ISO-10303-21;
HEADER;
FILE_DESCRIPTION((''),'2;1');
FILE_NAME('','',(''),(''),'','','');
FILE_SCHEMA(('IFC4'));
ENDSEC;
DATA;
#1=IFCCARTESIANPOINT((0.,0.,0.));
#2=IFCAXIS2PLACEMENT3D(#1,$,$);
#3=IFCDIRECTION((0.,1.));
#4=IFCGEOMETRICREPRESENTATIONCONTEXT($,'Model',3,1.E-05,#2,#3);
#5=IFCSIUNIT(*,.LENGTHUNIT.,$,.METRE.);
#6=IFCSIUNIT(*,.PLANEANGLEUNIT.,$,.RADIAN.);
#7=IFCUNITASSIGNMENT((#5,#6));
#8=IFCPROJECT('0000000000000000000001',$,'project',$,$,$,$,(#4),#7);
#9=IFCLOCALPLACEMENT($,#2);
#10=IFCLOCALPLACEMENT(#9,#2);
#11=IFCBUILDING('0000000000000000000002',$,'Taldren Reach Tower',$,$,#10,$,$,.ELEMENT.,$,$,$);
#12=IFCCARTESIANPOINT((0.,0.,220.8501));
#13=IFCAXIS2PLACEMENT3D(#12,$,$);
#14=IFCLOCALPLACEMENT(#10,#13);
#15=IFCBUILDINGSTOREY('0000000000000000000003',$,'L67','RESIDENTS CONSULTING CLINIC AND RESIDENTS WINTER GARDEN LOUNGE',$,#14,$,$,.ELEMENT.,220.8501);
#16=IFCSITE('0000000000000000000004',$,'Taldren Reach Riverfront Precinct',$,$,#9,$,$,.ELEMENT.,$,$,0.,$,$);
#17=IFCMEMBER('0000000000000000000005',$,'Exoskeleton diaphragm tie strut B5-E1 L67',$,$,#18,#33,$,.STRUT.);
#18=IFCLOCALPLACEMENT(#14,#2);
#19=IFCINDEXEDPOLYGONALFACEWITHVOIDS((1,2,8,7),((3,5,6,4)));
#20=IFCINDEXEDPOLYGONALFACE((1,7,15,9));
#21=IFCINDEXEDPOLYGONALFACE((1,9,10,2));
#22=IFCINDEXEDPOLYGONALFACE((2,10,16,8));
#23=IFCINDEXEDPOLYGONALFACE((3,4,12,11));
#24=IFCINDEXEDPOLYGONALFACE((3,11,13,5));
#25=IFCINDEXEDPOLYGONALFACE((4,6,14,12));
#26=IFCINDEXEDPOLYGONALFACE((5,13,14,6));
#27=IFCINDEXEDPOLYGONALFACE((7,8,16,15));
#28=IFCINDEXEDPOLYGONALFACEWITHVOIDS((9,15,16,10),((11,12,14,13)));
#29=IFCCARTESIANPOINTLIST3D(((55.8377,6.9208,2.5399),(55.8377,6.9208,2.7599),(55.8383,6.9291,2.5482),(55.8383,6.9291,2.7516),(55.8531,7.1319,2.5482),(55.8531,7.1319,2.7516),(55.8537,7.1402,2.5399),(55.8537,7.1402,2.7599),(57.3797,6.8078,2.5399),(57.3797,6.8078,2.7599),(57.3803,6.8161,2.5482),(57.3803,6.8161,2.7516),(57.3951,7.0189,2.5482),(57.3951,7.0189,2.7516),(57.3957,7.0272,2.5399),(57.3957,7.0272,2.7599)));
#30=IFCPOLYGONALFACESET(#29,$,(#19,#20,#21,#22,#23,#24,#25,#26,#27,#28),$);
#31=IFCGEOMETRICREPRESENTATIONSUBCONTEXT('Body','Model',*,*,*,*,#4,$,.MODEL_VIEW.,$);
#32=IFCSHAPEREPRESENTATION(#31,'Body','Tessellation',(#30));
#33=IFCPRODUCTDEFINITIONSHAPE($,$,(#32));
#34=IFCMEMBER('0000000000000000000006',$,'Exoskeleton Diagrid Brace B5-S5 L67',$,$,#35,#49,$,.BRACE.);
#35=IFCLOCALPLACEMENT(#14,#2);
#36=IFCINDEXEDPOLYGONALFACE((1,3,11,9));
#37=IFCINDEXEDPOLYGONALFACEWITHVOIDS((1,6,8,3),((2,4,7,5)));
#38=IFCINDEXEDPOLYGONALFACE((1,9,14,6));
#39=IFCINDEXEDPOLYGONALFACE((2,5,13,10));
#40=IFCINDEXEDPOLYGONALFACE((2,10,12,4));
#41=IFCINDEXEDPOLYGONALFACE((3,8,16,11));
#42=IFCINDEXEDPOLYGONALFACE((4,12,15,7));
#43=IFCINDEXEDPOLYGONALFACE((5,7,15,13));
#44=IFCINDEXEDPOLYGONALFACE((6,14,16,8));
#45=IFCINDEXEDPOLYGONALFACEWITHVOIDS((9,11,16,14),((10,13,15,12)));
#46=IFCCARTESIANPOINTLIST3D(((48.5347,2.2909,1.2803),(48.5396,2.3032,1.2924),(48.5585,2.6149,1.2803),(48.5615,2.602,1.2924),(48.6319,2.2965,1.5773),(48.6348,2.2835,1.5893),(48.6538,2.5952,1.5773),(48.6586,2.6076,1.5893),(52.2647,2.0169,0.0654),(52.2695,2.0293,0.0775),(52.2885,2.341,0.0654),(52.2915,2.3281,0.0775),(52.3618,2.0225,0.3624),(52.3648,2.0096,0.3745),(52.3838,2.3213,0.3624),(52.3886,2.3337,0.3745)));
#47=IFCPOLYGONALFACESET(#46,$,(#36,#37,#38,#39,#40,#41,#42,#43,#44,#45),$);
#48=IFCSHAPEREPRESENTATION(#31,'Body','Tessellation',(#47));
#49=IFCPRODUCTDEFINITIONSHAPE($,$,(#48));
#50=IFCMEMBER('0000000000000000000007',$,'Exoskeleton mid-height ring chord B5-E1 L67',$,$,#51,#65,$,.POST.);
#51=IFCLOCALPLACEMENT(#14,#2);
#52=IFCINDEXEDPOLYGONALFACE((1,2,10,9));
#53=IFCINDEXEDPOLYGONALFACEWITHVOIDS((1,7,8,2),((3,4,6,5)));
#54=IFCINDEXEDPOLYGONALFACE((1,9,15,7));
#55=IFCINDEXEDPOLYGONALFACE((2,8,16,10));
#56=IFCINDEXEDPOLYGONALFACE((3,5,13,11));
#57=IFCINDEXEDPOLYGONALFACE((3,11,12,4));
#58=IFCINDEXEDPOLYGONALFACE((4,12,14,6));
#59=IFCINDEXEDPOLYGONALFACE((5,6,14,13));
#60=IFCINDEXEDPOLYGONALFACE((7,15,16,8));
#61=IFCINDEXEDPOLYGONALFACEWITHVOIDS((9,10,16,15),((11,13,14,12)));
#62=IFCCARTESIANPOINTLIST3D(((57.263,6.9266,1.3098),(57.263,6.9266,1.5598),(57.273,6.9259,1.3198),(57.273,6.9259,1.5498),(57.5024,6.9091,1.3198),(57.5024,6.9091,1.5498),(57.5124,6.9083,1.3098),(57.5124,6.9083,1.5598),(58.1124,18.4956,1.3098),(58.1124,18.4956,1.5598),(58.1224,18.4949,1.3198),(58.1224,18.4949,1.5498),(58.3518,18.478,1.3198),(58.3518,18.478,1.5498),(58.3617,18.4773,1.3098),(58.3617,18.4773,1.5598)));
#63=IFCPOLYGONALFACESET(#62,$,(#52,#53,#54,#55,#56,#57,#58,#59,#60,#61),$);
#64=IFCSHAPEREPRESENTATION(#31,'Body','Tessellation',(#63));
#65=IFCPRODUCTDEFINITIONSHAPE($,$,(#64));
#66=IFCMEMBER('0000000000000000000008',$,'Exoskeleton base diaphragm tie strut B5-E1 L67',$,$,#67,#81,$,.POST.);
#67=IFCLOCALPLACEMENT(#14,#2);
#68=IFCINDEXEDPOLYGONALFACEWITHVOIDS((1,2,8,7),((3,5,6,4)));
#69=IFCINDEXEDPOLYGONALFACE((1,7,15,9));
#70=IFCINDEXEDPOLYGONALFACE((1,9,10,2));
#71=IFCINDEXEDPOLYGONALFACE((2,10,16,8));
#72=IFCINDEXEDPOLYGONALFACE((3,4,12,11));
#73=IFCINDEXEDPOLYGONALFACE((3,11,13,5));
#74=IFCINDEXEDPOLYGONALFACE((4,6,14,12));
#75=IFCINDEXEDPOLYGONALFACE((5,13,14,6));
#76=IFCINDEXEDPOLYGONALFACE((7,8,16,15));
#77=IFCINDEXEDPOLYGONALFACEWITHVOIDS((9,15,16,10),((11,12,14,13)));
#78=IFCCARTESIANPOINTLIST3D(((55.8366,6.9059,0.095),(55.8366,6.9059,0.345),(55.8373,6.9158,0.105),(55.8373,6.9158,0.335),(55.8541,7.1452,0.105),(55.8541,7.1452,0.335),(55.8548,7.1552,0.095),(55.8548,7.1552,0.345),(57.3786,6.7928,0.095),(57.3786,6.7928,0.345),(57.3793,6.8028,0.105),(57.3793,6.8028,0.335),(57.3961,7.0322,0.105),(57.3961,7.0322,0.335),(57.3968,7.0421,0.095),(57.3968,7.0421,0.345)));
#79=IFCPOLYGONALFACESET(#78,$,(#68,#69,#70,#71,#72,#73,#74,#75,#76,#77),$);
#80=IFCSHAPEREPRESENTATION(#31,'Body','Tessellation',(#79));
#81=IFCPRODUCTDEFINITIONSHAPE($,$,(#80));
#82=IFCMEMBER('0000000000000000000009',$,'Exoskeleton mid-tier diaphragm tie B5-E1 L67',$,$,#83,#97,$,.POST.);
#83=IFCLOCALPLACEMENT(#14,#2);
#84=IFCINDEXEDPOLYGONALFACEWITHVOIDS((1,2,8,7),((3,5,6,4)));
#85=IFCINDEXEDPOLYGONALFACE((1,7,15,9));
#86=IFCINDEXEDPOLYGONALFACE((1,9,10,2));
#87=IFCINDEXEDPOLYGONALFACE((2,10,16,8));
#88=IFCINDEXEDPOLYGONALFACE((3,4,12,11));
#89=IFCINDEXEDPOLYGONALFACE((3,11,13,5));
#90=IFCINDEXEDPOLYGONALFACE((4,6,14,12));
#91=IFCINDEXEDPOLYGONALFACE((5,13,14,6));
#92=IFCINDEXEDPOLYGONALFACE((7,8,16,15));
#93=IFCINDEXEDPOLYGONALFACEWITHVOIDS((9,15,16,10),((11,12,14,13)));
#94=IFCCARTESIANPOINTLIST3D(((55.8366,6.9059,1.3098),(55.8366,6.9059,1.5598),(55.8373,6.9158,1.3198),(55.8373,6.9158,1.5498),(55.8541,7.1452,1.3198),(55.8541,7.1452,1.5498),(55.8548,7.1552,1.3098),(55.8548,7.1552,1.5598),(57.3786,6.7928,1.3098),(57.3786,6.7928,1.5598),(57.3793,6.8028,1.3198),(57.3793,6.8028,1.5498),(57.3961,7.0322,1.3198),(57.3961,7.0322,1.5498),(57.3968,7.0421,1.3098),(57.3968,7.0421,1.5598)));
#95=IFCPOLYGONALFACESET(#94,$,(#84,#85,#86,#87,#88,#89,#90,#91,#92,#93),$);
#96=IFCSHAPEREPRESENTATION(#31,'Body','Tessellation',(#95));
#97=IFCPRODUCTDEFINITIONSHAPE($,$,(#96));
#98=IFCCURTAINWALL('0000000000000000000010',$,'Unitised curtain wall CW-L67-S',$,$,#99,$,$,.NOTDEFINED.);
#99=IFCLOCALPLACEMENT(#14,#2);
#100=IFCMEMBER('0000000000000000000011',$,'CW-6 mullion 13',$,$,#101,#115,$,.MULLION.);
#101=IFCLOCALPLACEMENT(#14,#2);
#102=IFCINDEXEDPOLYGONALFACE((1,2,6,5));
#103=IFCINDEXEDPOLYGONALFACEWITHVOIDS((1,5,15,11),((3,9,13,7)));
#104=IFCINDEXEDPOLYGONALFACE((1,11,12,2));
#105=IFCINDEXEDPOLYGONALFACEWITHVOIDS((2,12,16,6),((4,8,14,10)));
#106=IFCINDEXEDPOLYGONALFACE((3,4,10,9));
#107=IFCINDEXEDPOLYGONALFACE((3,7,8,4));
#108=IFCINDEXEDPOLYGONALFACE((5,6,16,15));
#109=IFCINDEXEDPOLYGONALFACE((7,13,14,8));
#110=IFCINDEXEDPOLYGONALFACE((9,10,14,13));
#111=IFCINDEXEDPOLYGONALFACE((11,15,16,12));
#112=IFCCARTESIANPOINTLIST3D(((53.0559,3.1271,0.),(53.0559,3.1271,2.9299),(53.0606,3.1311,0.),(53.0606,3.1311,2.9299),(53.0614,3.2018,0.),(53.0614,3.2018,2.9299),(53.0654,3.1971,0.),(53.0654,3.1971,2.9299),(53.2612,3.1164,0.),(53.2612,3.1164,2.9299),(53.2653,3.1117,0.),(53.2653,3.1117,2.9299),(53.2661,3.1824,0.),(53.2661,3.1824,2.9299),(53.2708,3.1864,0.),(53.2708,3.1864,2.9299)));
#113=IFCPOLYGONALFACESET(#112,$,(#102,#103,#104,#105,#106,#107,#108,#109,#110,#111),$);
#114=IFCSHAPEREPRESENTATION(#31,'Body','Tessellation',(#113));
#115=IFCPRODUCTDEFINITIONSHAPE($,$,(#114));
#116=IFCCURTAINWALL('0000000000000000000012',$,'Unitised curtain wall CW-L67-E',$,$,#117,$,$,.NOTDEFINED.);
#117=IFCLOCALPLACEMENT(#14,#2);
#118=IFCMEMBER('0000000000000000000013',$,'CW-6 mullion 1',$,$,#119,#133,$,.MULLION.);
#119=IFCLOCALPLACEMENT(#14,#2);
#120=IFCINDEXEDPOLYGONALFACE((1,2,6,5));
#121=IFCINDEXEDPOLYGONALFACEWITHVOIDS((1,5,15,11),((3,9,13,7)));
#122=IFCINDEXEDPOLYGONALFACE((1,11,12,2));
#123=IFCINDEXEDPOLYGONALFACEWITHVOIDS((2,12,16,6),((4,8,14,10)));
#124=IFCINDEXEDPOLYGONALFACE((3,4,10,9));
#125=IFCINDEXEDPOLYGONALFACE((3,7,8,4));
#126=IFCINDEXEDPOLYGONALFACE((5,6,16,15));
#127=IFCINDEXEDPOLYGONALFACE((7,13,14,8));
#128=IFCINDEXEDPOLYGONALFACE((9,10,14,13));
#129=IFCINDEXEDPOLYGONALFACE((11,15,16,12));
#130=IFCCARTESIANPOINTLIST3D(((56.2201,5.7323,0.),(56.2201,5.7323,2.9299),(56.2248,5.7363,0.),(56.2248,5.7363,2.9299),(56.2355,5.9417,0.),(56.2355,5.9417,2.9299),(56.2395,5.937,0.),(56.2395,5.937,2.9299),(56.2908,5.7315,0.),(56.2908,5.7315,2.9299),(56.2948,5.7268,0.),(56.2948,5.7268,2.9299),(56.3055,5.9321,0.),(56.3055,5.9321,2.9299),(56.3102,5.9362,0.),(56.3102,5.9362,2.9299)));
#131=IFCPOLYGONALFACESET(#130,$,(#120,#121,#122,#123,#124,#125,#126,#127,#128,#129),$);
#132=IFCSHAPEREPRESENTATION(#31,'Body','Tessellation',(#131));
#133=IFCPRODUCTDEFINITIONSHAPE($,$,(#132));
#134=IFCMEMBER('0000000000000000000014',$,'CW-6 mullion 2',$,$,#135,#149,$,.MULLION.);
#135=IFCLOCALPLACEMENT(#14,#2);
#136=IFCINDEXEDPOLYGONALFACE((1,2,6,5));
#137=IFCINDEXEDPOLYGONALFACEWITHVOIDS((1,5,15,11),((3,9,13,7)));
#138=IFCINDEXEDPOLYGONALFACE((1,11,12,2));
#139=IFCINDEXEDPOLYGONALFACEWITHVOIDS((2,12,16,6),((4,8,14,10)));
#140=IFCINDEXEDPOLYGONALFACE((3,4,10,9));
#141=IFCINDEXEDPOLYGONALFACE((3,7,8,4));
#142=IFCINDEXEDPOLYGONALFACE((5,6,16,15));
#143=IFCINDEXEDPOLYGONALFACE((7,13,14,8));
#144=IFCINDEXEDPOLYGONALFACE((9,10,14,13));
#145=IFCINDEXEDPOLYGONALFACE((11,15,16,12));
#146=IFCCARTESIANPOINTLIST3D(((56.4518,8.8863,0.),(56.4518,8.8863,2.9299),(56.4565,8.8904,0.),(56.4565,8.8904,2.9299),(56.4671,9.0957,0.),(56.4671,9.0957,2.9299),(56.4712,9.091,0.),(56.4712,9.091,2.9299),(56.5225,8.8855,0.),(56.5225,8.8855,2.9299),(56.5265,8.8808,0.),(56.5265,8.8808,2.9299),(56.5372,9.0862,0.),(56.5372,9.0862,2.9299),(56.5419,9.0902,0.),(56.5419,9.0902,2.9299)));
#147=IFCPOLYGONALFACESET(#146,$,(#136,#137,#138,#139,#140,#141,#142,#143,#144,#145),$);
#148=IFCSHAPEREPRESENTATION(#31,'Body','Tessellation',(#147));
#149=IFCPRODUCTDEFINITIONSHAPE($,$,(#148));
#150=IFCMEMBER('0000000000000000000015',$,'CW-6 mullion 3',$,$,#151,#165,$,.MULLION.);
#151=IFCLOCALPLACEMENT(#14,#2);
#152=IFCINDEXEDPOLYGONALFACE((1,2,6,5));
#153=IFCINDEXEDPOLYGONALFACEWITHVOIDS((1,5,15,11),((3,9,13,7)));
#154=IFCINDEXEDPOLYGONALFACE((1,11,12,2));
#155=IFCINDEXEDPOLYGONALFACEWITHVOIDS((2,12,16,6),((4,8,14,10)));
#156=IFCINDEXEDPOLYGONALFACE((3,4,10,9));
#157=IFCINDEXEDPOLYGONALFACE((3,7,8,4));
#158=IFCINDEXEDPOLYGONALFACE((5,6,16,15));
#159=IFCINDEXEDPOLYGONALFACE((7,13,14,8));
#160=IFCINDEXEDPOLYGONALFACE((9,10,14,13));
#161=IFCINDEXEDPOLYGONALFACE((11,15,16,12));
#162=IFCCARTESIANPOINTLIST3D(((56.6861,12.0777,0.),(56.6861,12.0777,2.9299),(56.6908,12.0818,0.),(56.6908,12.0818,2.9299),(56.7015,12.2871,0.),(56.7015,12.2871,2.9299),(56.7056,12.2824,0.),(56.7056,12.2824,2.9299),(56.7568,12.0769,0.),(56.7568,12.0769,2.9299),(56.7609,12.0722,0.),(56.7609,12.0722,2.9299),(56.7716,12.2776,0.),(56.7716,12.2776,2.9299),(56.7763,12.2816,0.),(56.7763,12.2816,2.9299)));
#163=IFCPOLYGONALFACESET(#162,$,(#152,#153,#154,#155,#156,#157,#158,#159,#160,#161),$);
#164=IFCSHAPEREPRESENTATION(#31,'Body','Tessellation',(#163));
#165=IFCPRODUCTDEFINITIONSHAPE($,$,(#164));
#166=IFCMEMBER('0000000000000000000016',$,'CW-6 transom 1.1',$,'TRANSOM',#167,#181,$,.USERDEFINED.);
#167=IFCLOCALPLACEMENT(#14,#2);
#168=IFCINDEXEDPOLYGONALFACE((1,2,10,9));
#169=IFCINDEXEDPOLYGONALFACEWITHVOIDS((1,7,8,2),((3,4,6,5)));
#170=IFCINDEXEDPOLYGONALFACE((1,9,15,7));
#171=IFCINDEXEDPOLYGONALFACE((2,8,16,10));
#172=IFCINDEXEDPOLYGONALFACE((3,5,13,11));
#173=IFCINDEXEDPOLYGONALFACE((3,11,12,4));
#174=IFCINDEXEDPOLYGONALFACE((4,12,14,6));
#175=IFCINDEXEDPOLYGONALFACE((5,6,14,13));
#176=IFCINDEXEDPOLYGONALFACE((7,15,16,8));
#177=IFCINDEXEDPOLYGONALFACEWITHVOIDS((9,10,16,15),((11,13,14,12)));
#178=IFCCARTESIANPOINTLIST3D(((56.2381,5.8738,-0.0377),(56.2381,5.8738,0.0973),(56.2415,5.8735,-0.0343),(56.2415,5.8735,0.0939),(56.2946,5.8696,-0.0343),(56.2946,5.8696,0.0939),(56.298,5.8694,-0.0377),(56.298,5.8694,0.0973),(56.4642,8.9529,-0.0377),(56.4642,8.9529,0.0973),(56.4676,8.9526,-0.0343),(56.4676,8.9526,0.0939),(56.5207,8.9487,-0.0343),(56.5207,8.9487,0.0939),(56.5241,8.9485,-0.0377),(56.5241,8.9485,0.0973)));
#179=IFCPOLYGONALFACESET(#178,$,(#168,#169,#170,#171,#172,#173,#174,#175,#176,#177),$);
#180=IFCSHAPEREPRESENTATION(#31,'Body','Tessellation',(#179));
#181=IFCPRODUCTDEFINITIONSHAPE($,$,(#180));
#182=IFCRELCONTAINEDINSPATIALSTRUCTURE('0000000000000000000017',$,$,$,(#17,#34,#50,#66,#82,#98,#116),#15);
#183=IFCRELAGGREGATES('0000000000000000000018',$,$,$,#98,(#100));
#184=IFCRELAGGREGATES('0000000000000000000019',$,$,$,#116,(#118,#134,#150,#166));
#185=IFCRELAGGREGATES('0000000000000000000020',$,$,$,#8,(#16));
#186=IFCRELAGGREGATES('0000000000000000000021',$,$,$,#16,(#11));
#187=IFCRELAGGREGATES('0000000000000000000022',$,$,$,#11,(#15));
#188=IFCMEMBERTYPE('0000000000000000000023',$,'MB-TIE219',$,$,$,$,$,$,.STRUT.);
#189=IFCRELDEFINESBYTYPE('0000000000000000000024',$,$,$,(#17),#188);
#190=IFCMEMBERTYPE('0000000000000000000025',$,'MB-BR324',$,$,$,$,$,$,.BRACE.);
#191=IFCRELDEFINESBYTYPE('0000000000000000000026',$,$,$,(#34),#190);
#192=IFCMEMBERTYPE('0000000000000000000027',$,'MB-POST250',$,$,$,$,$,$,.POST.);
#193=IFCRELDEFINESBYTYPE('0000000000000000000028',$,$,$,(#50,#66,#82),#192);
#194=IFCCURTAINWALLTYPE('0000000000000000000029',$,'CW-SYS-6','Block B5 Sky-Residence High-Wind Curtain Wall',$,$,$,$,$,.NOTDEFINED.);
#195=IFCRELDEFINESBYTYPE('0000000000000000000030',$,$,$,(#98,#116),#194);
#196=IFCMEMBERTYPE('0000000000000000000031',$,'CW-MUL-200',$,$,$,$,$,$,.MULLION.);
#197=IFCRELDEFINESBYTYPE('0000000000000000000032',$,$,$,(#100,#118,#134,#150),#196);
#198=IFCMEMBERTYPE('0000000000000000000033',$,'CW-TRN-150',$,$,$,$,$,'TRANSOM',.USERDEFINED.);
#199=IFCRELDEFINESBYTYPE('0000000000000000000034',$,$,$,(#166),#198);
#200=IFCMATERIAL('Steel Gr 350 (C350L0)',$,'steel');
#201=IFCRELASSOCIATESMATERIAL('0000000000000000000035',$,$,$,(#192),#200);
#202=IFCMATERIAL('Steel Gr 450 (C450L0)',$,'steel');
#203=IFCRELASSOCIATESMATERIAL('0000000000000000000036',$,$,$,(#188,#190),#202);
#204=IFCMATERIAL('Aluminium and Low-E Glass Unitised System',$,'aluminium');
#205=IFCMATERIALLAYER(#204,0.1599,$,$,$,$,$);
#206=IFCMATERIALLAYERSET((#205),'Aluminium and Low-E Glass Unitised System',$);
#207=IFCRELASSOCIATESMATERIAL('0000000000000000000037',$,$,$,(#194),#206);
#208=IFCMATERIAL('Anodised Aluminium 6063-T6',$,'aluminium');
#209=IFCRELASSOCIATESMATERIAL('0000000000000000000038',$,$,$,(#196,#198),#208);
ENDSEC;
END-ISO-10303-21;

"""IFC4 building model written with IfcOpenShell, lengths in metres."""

from ifc_helpers import new_model, si_unit, direction, frame, origin, origin_2d, place, context, subcontext, project, spatial, hollow_rectangle, extrude, source, transform, mapped, material, layer, layer_set, material_profile, profile_set, type_object, element, aggregate, save


model = new_model("IFC4")

# Units and contexts
model_context = context("Model", 3, precision=1e-05, world=origin(), true_north=direction((0.0, 1.0)))
body_context = subcontext(model_context, "Body", "Model", "MODEL_VIEW")
ifc_project = project(units=[si_unit("LENGTHUNIT", "METRE"), si_unit("PLANEANGLEUNIT", "RADIAN")], contexts=[model_context])

# Site, building, storey
site_placement = place(None, origin())
site = spatial("IfcSite", under=ifc_project, at=site_placement, Name="Taldren Reach Riverfront Precinct", CompositionType="ELEMENT", RefElevation=0.0)
building_placement = place(site_placement, origin())
building = spatial("IfcBuilding", under=site, at=building_placement, Name="Taldren Reach Tower", CompositionType="ELEMENT")
storey_placement = place(building_placement, frame((0.0, 0.0, 220.8501)))
storey = spatial("IfcBuildingStorey", under=building, at=storey_placement, Name="L67", Description="RESIDENTS CONSULTING CLINIC AND RESIDENTS WINTER GARDEN LOUNGE", CompositionType="ELEMENT", Elevation=220.8501)

# Shared definitions
ifc_material_1 = material(Name="Steel Gr 350 (C350L0)", Category="steel")

# Shared definitions
ifc_material_profile_1 = material_profile(ifc_material_1, hollow_rectangle(XDim=0.25, YDim=0.25, WallThickness=0.01, at=origin_2d()), Name="250x250x10.0SHS")
ifc_profile_set_1 = profile_set([ifc_material_profile_1], Name="Steel Gr 350 (C350L0)")
member_type_1 = type_object("IfcMemberType", Name="MB-POST250", PredefinedType="POST", material=ifc_profile_set_1)
ifc_material_2 = material(Name="Steel Gr 450 (C450L0)", Category="steel")
ifc_material_profile_2 = material_profile(ifc_material_2, hollow_rectangle(XDim=0.22, YDim=0.22, WallThickness=0.0083, at=origin_2d()), Name="220x220x8.2SHS")
ifc_profile_set_2 = profile_set([ifc_material_profile_2], Name="Steel Gr 450 (C450L0)")
member_type_2 = type_object("IfcMemberType", Name="MB-TIE219", PredefinedType="STRUT", material=ifc_profile_set_2)

# Members
shared_shape_1 = source(origin(), body_context, "Body", "SweptSolid", [
    extrude(hollow_rectangle(XDim=0.22, YDim=0.22, WallThickness=0.0083, at=origin_2d()), origin(), (0.0, 0.0, 1.0), 1.5461),
])
member_1_placement = place(storey_placement, frame((55.8457, 7.0305, 2.6499), z_axis=(0.997324, -0.07311, 0.0), x_axis=(0.07311, 0.997324, 0.0)))
element("IfcMember", 1, at=member_1_placement, inside=storey, type_object=member_type_2, Name="Exoskeleton diaphragm tie strut B5-E1 L67", PredefinedType="STRUT", context=body_context, shape_type="MappedRepresentation", body=[
    mapped(shared_shape_1, transform((0.0, 0.0, 0.0), scale=1.0)),
])
ifc_material_profile_3 = material_profile(ifc_material_2, hollow_rectangle(XDim=0.325, YDim=0.325, WallThickness=0.0127, at=origin_2d()), Name="325x325x12.7SHS")
ifc_profile_set_3 = profile_set([ifc_material_profile_3], Name="Steel Gr 450 (C450L0)")
member_type_3 = type_object("IfcMemberType", Name="MB-BR324", PredefinedType="BRACE", material=ifc_profile_set_3)
shared_shape_2 = source(origin(), body_context, "Body", "SweptSolid", [
    extrude(hollow_rectangle(XDim=0.325, YDim=0.325, WallThickness=0.0127, at=origin_2d()), origin(), (0.0, 0.0, 1.0), 3.9324),
])
member_2_placement = place(storey_placement, frame((52.3267, 2.1753, 0.22), z_axis=(-0.948529, 0.069659, 0.308933), x_axis=(-0.073242, -0.997314, 0.0)))
element("IfcMember", 2, at=member_2_placement, inside=storey, type_object=member_type_3, Name="Exoskeleton Diagrid Brace B5-S5 L67", PredefinedType="BRACE", context=body_context, shape_type="MappedRepresentation", body=[
    mapped(shared_shape_2, transform((0.0, 0.0, 0.0), scale=1.0)),
])
shared_shape_3 = source(origin(), body_context, "Body", "SweptSolid", [
    extrude(hollow_rectangle(XDim=0.25, YDim=0.25, WallThickness=0.01, at=origin_2d()), origin(), (0.0, 0.0, 1.0), 11.6001),
])
member_3_placement = place(storey_placement, frame((57.3877, 6.9175, 1.4348), z_axis=(0.073221, 0.997316, 0.0), x_axis=(-0.997316, 0.073221, 0.0)))
element("IfcMember", 3, at=member_3_placement, inside=storey, type_object=member_type_1, Name="Exoskeleton mid-height ring chord B5-E1 L67", PredefinedType="POST", context=body_context, shape_type="MappedRepresentation", body=[
    mapped(shared_shape_3, transform((0.0, 0.0, 0.0), scale=1.0)),
])
shared_shape_4 = source(origin(), body_context, "Body", "SweptSolid", [
    extrude(hollow_rectangle(XDim=0.25, YDim=0.25, WallThickness=0.01, at=origin_2d()), origin(), (0.0, 0.0, 1.0), 1.5461),
])
for number, where, z_axis, x_axis, name in (
    (4, (55.8457, 7.0305, 0.22), (0.997324, -0.07311, 0.0), (0.07311, 0.997324, 0.0), "Exoskeleton base diaphragm tie strut B5-E1 L67"),
    (5, (55.8457, 7.0305, 1.4348), (0.997324, -0.07311, 0.0), (0.07311, 0.997324, 0.0), "Exoskeleton mid-tier diaphragm tie B5-E1 L67"),
):
    element("IfcMember", number, at=place(storey_placement, frame(where, z_axis=z_axis, x_axis=x_axis)), inside=storey, type_object=member_type_1, Name=name, PredefinedType="POST", context=body_context, shape_type="MappedRepresentation", body=[
        mapped(shared_shape_4, transform((0.0, 0.0, 0.0), scale=1.0)),
    ])

# Curtain wall, member
ifc_material_3 = material(Name="Aluminium and Low-E Glass Unitised System", Category="aluminium")
ifc_layer_1 = layer(ifc_material_3, 0.1599)
ifc_layer_set_1 = layer_set([ifc_layer_1], Name="Aluminium and Low-E Glass Unitised System")
curtain_wall_type = type_object("IfcCurtainWallType", Name="CW-SYS-6", Description="Block B5 Sky-Residence High-Wind Curtain Wall", PredefinedType="NOTDEFINED", material=ifc_layer_set_1)
curtain_wall_1_placement = place(storey_placement, origin())
curtain_wall_1 = element("IfcCurtainWall", 6, at=curtain_wall_1_placement, inside=storey, type_object=curtain_wall_type, Name="Unitised curtain wall CW-L67-S", PredefinedType="NOTDEFINED")
ifc_material_4 = material(Name="Anodised Aluminium 6063-T6", Category="aluminium")
ifc_material_profile_4 = material_profile(ifc_material_4, hollow_rectangle(XDim=0.075, YDim=0.21, WallThickness=0.0044, at=origin_2d()), Name="ALU-210x75x4.5RHS")
ifc_profile_set_4 = profile_set([ifc_material_profile_4], Name="Anodised Aluminium 6063-T6")
member_type_4 = type_object("IfcMemberType", Name="CW-MUL-200", PredefinedType="MULLION", material=ifc_profile_set_4)
shared_shape_5 = source(origin(), body_context, "Body", "SweptSolid", [
    extrude(hollow_rectangle(XDim=0.075, YDim=0.21, WallThickness=0.0044, at=origin_2d()), origin(), (0.0, 0.0, 1.0), 2.9299),
])
member_4_placement = place(storey_placement, frame((53.1633, 3.1567, 0.0), z_axis=(0.0, 0.0, 1.0), x_axis=(0.073238, 0.997314, 0.0)))
member_4 = element("IfcMember", 7, at=member_4_placement, type_object=member_type_4, Name="CW-6 mullion 13", PredefinedType="MULLION", context=body_context, shape_type="MappedRepresentation", body=[
    mapped(shared_shape_5, transform((0.0, 0.0, 0.0), scale=1.0)),
])
aggregate(curtain_wall_1, [member_4])

# Curtain wall, members
curtain_wall_2_placement = place(storey_placement, origin())
curtain_wall_2 = element("IfcCurtainWall", 8, at=curtain_wall_2_placement, inside=storey, type_object=curtain_wall_type, Name="Unitised curtain wall CW-L67-E", PredefinedType="NOTDEFINED")
member_5_placement = place(storey_placement, frame((56.2651, 5.8342, 0.0), z_axis=(0.0, 0.0, 1.0), x_axis=(-0.997314, 0.073238, 0.0)))
member_5 = element("IfcMember", 9, at=member_5_placement, type_object=member_type_4, Name="CW-6 mullion 1", PredefinedType="MULLION", context=body_context, shape_type="MappedRepresentation", body=[
    mapped(shared_shape_5, transform((0.0, 0.0, 0.0), scale=1.0)),
])
member_6_placement = place(storey_placement, frame((56.4968, 8.9883, 0.0), z_axis=(0.0, 0.0, 1.0), x_axis=(-0.997314, 0.073238, 0.0)))
member_6 = element("IfcMember", 10, at=member_6_placement, type_object=member_type_4, Name="CW-6 mullion 2", PredefinedType="MULLION", context=body_context, shape_type="MappedRepresentation", body=[
    mapped(shared_shape_5, transform((0.0, 0.0, 0.0), scale=1.0)),
])
member_7_placement = place(storey_placement, frame((56.7312, 12.1797, 0.0), z_axis=(0.0, 0.0, 1.0), x_axis=(-0.997314, 0.073238, 0.0)))
member_7 = element("IfcMember", 11, at=member_7_placement, type_object=member_type_4, Name="CW-6 mullion 3", PredefinedType="MULLION", context=body_context, shape_type="MappedRepresentation", body=[
    mapped(shared_shape_5, transform((0.0, 0.0, 0.0), scale=1.0)),
])
ifc_material_profile_5 = material_profile(ifc_material_4, hollow_rectangle(XDim=0.0601, YDim=0.135, WallThickness=0.0034, at=origin_2d()), Name="ALU-135x60x3.5RHS")
ifc_profile_set_5 = profile_set([ifc_material_profile_5], Name="Anodised Aluminium 6063-T6")
member_type_5 = type_object("IfcMemberType", Name="CW-TRN-150", ElementType="TRANSOM", PredefinedType="USERDEFINED", material=ifc_profile_set_5)
shared_shape_6 = source(origin(), body_context, "Body", "SweptSolid", [
    extrude(hollow_rectangle(XDim=0.0601, YDim=0.135, WallThickness=0.0034, at=origin_2d()), origin(), (0.0, 0.0, 1.0), 3.0874),
])
member_8_placement = place(storey_placement, frame((56.2681, 5.8716, 0.0298), z_axis=(0.073225, 0.997315, 0.0), x_axis=(-0.997315, 0.073225, 0.0)))
member_8 = element("IfcMember", 12, at=member_8_placement, type_object=member_type_5, Name="CW-6 transom 1.1", ObjectType="TRANSOM", PredefinedType="USERDEFINED", context=body_context, shape_type="MappedRepresentation", body=[
    mapped(shared_shape_6, transform((0.0, 0.0, 0.0), scale=1.0)),
])

aggregate(curtain_wall_2, [member_5, member_6, member_7, member_8])

save(model, "model.ifc")
